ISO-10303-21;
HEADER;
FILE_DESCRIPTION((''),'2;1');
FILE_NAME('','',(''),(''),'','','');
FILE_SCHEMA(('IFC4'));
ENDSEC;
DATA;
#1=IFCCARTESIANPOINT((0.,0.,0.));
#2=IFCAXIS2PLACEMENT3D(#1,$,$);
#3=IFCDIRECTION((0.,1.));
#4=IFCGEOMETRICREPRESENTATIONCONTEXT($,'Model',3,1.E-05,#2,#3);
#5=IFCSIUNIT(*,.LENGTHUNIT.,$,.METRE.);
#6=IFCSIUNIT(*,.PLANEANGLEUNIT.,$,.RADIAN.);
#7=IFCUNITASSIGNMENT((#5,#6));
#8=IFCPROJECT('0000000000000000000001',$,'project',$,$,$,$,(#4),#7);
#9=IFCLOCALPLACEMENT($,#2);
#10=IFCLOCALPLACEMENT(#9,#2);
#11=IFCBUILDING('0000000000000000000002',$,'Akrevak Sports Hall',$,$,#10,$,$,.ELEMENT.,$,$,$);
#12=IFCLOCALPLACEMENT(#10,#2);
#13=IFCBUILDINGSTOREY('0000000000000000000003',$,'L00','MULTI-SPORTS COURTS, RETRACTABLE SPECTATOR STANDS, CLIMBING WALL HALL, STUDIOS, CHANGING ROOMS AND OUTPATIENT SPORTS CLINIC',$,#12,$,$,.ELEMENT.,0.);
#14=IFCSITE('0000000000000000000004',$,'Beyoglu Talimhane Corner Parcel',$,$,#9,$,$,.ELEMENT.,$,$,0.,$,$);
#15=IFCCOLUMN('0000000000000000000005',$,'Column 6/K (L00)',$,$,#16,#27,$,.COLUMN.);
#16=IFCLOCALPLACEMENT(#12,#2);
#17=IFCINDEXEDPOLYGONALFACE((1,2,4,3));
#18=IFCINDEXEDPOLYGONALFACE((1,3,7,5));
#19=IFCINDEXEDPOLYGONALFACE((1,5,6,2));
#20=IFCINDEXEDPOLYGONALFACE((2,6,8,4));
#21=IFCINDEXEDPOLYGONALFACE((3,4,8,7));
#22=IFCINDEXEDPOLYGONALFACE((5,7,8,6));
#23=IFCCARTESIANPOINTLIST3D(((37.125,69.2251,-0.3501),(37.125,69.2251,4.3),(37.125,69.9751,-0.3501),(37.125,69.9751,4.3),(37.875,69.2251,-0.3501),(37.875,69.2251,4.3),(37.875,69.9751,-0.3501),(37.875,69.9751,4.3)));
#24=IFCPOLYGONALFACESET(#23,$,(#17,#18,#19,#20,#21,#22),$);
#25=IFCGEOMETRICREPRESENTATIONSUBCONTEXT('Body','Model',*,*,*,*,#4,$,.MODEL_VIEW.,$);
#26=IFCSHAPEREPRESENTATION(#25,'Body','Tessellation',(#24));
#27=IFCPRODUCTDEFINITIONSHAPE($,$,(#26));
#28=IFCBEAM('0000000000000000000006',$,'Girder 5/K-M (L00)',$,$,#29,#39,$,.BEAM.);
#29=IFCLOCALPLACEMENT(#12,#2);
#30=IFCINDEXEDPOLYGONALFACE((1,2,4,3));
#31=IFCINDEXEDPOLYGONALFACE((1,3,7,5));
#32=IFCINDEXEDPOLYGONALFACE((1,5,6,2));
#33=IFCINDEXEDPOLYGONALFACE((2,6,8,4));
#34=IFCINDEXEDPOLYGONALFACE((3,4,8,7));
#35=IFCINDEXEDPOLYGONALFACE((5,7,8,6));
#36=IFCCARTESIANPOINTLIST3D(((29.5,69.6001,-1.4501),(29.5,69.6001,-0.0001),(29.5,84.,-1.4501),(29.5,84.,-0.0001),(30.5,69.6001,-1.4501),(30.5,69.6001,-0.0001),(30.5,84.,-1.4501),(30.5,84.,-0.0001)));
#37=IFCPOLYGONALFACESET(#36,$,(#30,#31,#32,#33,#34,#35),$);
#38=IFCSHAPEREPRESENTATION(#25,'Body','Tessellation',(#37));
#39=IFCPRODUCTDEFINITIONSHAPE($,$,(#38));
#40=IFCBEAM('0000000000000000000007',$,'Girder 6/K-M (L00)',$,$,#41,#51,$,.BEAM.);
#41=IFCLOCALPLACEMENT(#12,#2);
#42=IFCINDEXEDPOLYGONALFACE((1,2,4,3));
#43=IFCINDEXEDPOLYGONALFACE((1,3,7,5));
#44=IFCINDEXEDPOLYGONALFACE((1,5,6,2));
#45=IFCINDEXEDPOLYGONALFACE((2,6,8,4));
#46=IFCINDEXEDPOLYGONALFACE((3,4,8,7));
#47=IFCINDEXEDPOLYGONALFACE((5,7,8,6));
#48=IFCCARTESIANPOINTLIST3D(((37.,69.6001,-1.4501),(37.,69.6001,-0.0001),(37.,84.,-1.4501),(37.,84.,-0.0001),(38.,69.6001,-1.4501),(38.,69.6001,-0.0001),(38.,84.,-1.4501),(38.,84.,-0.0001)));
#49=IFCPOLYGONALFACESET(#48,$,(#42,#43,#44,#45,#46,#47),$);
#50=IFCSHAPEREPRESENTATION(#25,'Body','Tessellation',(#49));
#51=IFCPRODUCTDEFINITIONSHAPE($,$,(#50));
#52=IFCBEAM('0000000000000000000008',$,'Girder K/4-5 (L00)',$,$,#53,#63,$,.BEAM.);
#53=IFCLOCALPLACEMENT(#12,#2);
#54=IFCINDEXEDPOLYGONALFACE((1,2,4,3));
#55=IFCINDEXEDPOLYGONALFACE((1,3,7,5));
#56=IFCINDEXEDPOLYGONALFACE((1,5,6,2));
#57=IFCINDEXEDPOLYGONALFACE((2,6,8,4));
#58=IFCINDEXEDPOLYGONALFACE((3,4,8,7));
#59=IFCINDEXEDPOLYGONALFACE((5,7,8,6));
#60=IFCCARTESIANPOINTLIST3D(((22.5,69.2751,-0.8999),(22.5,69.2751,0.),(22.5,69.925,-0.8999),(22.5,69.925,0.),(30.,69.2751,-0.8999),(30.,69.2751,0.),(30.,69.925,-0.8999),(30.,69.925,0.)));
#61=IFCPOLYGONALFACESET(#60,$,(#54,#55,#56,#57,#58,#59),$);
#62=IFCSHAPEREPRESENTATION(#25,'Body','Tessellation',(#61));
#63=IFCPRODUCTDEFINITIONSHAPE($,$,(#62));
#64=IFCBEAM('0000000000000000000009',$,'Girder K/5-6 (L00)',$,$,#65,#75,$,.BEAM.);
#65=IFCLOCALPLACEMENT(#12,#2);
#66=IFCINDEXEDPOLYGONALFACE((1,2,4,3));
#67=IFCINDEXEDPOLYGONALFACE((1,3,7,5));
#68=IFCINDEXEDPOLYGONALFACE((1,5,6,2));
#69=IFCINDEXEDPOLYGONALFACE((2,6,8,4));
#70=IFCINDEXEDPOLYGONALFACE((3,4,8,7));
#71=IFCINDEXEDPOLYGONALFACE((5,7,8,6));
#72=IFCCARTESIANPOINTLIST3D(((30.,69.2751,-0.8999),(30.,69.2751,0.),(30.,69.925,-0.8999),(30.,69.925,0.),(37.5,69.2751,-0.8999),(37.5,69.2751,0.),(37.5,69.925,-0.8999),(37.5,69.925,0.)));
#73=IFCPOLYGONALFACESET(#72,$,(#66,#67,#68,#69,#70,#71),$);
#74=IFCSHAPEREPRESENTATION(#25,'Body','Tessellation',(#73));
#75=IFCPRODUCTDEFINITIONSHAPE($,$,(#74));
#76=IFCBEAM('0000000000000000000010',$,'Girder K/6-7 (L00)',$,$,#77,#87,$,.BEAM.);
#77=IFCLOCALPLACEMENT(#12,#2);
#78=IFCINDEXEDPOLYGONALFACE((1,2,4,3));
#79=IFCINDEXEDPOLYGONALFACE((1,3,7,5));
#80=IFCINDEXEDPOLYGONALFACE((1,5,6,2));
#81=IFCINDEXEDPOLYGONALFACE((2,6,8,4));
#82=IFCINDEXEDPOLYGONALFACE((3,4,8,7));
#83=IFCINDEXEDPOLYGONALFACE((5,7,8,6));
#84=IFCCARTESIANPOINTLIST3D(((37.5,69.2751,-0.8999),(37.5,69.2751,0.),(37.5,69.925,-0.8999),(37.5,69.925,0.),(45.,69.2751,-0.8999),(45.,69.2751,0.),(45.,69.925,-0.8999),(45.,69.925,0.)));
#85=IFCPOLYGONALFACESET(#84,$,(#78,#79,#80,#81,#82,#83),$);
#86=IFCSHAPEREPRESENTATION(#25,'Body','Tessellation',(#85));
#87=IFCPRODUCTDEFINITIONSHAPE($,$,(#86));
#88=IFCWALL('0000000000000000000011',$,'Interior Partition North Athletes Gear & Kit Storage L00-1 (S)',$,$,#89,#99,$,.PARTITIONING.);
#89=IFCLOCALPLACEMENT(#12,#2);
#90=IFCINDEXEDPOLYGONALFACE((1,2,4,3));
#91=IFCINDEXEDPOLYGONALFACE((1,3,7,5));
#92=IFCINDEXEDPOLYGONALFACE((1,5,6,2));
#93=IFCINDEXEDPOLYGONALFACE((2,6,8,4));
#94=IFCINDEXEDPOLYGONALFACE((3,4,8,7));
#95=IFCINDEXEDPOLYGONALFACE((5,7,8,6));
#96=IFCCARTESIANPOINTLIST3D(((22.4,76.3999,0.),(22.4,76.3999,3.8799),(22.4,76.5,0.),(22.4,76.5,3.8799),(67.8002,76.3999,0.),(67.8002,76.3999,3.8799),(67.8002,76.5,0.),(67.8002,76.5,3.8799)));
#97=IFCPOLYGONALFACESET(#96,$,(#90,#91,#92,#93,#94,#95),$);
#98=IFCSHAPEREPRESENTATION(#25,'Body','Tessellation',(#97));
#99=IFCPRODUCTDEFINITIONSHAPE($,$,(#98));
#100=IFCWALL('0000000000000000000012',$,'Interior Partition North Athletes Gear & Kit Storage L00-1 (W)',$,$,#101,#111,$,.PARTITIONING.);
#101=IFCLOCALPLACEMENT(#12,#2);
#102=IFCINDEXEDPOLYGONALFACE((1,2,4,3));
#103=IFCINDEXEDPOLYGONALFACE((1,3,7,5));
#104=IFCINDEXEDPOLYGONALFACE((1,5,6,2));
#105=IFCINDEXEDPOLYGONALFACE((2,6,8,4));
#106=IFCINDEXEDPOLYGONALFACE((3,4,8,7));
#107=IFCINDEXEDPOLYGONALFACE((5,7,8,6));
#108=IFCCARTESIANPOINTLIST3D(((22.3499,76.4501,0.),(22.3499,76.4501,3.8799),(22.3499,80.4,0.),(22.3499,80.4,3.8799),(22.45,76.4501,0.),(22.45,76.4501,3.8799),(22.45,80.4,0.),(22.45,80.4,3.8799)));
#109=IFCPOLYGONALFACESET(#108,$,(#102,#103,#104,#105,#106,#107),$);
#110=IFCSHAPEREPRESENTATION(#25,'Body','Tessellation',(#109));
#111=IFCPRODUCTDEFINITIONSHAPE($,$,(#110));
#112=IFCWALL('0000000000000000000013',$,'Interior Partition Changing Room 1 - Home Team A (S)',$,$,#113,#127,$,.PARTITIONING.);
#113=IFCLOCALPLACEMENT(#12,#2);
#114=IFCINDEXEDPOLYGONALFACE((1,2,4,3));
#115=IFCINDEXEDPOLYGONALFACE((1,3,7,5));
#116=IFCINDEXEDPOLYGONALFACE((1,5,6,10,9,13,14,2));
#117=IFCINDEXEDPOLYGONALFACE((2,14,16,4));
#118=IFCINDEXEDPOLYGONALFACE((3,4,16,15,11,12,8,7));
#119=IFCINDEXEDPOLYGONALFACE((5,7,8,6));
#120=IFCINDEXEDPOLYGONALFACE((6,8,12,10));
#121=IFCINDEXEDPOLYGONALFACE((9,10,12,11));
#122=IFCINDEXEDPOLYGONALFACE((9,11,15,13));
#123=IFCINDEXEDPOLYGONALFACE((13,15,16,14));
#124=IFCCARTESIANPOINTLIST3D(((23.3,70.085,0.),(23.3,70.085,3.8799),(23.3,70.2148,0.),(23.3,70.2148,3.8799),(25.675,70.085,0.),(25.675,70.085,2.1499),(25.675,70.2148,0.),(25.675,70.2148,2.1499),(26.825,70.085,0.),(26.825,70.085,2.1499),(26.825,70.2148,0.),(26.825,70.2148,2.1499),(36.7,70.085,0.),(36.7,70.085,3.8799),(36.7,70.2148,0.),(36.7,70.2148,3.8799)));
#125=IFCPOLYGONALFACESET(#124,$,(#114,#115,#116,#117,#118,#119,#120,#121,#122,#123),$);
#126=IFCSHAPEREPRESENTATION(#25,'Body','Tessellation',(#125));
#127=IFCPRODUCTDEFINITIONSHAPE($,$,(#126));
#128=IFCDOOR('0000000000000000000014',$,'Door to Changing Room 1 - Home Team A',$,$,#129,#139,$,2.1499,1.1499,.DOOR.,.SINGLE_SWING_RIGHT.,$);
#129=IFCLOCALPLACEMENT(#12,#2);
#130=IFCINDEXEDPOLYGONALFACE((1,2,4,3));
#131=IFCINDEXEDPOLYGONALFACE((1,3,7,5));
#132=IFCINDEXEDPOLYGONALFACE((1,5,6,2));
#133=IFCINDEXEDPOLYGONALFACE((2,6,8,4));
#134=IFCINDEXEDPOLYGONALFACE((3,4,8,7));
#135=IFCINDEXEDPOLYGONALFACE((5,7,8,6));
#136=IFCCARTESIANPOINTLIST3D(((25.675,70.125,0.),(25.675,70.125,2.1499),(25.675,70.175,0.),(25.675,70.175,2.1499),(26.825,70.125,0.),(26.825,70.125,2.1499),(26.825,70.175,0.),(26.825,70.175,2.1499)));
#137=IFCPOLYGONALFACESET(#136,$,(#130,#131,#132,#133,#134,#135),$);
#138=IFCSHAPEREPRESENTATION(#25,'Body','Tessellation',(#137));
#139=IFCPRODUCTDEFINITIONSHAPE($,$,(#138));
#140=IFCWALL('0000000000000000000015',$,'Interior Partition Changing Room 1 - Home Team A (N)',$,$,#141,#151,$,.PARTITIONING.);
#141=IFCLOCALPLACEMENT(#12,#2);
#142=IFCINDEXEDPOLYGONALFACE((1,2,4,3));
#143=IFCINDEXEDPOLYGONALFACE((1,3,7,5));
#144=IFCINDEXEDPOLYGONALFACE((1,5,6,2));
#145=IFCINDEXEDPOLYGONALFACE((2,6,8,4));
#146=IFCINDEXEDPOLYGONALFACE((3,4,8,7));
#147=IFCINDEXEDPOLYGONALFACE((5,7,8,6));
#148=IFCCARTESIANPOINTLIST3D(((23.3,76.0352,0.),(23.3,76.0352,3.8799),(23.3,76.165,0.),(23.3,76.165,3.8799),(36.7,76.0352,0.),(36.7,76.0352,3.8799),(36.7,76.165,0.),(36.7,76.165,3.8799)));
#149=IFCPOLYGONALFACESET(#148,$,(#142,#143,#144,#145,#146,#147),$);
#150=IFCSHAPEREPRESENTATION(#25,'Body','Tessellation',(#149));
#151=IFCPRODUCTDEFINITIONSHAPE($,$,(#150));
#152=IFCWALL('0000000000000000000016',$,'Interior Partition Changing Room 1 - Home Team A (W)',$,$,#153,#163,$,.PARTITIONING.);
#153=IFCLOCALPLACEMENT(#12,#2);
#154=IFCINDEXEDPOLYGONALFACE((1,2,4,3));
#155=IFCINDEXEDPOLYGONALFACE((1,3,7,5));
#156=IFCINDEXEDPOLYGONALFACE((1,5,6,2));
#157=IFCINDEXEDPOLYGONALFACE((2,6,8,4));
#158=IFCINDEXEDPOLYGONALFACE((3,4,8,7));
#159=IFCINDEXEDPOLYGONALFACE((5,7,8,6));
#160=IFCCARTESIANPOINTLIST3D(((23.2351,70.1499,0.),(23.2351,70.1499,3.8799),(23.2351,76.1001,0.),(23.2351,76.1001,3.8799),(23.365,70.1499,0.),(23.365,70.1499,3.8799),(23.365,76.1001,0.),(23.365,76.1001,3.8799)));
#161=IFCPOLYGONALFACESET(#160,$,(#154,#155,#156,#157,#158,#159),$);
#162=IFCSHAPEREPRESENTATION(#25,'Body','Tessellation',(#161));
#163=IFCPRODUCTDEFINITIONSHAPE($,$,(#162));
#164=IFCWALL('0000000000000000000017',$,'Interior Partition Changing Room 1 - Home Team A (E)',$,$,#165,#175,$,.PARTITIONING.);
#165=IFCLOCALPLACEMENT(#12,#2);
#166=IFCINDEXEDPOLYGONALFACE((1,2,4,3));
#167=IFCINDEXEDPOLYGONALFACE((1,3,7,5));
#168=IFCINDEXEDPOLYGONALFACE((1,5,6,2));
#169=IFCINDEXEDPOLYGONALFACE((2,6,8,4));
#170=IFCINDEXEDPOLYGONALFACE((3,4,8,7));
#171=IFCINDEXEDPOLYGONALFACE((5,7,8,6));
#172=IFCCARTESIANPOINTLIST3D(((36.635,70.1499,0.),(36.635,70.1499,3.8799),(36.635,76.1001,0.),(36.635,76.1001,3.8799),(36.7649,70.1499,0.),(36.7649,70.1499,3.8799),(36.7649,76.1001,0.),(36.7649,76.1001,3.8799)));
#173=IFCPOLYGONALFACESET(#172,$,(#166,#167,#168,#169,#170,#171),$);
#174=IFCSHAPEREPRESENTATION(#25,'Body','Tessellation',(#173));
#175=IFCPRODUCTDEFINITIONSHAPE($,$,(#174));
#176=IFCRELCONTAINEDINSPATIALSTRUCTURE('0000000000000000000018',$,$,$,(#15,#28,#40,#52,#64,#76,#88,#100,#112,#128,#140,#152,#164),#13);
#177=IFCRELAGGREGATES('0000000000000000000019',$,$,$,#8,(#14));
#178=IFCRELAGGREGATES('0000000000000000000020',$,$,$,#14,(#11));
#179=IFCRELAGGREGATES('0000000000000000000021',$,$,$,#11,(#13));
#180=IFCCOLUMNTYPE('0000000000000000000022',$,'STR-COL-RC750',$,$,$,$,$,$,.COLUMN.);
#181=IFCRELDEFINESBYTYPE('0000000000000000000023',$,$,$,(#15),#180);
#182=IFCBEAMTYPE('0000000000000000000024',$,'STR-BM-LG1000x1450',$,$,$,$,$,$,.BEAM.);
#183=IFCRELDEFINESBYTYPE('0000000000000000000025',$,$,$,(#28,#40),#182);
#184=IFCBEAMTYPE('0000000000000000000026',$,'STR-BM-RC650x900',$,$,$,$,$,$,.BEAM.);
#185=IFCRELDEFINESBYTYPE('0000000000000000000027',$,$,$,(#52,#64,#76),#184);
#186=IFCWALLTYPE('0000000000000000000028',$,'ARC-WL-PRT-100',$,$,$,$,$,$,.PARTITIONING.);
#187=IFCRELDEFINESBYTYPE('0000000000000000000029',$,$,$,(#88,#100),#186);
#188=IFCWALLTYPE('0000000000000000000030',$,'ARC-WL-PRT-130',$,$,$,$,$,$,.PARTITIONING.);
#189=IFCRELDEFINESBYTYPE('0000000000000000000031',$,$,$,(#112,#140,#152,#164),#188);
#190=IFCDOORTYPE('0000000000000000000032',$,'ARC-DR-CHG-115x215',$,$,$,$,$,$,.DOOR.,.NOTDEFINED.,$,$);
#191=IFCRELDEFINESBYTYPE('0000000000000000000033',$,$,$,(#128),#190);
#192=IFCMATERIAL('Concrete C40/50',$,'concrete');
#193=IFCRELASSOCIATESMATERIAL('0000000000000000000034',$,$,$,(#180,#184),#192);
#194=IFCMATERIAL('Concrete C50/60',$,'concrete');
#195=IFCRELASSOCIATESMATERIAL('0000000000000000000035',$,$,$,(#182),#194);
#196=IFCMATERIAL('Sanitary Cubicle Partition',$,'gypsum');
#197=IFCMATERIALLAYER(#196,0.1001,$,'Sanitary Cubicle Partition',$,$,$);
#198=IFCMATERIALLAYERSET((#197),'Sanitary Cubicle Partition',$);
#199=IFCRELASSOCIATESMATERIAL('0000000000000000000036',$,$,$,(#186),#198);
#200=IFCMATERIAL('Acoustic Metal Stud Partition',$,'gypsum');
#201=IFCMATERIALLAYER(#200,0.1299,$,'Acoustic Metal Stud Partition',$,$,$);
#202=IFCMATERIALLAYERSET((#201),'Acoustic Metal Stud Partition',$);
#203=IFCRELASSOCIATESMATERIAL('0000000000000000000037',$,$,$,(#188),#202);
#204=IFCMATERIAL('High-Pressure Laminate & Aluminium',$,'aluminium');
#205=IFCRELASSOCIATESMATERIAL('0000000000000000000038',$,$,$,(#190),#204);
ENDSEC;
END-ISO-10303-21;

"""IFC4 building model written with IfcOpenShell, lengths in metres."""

from ifc_helpers import new_model, si_unit, direction, frame, frame_2d, origin, origin_2d, place, context, subcontext, project, spatial, rectangle, extrude, material, layer, layer_set, material_profile, profile_set, type_object, element, fill, save


model = new_model("IFC4")

# Units and contexts
model_context = context("Model", 3, precision=1e-05, world=origin(), true_north=direction((0.0, 1.0)))
body_context = subcontext(model_context, "Body", "Model", "MODEL_VIEW")
ifc_project = project(units=[si_unit("LENGTHUNIT", "METRE"), si_unit("PLANEANGLEUNIT", "RADIAN")], contexts=[model_context])

# Site, building, storey
site_placement = place(None, origin())
site = spatial("IfcSite", under=ifc_project, at=site_placement, Name="Beyoglu Talimhane Corner Parcel", CompositionType="ELEMENT", RefElevation=0.0)
building_placement = place(site_placement, origin())
building = spatial("IfcBuilding", under=site, at=building_placement, Name="Akrevak Sports Hall", CompositionType="ELEMENT")
storey_placement = place(building_placement, origin())
storey = spatial("IfcBuildingStorey", under=building, at=storey_placement, Name="L00", Description="MULTI-SPORTS COURTS, RETRACTABLE SPECTATOR STANDS, CLIMBING WALL HALL, STUDIOS, CHANGING ROOMS AND OUTPATIENT SPORTS CLINIC", CompositionType="ELEMENT", Elevation=0.0)

# Column
ifc_material_1 = material(Name="Concrete C40/50", Category="concrete")
ifc_material_profile_1 = material_profile(ifc_material_1, rectangle(XDim=0.75, YDim=0.75, at=origin_2d()), Name="RC 750x750", Category="concrete")
ifc_profile_set_1 = profile_set([ifc_material_profile_1], Name="Concrete C40/50")
column_type = type_object("IfcColumnType", Name="STR-COL-RC750", PredefinedType="COLUMN", material=ifc_profile_set_1)
column_placement = place(storey_placement, frame((37.5, 69.6001, -0.3501), z_axis=(0.0, 0.0, 1.0), x_axis=(1.0, 0.0, 0.0)))
element("IfcColumn", 1, at=column_placement, inside=storey, type_object=column_type, Name="Column 6/K (L00)", PredefinedType="COLUMN", context=body_context, shape_type="SweptSolid", body=[
    extrude(rectangle(XDim=0.75, YDim=0.75, at=origin_2d()), origin(), (0.0, 0.0, 1.0), 4.6501),
])

# Beams
ifc_material_2 = material(Name="Concrete C50/60", Category="concrete")
ifc_material_profile_2 = material_profile(ifc_material_2, rectangle(XDim=1.0, YDim=1.45, at=origin_2d()), Name="BM 1000x1450", Category="concrete")
ifc_profile_set_2 = profile_set([ifc_material_profile_2], Name="Concrete C50/60")
beam_type_1 = type_object("IfcBeamType", Name="STR-BM-LG1000x1450", PredefinedType="BEAM", material=ifc_profile_set_2)
for number, where, z_axis, x_axis, name in (
    (2, (30.0, 69.6001, -0.7251), (0.0, 1.0, 0.0), (-1.0, 0.0, 0.0), "Girder 5/K-M (L00)"),
    (3, (37.5, 69.6001, -0.7251), (0.0, 1.0, 0.0), (-1.0, 0.0, 0.0), "Girder 6/K-M (L00)"),
):
    element("IfcBeam", number, at=place(storey_placement, frame(where, z_axis=z_axis, x_axis=x_axis)), inside=storey, type_object=beam_type_1, Name=name, PredefinedType="BEAM", context=body_context, shape_type="SweptSolid", body=[
        extrude(rectangle(XDim=1.0, YDim=1.45, at=origin_2d()), origin(), (0.0, 0.0, 1.0), 14.3999),
    ])
ifc_material_profile_3 = material_profile(ifc_material_1, rectangle(XDim=0.6499, YDim=0.8999, at=origin_2d()), Name="BM 650x900", Category="concrete")
ifc_profile_set_3 = profile_set([ifc_material_profile_3], Name="Concrete C40/50")
beam_type_2 = type_object("IfcBeamType", Name="STR-BM-RC650x900", PredefinedType="BEAM", material=ifc_profile_set_3)
for number, where, z_axis, x_axis, name in (
    (4, (22.5, 69.6001, -0.45), (1.0, 0.0, 0.0), (0.0, 1.0, 0.0), "Girder K/4-5 (L00)"),
    (5, (30.0, 69.6001, -0.45), (1.0, 0.0, 0.0), (0.0, 1.0, 0.0), "Girder K/5-6 (L00)"),
    (6, (37.5, 69.6001, -0.45), (1.0, 0.0, 0.0), (0.0, 1.0, 0.0), "Girder K/6-7 (L00)"),
):
    element("IfcBeam", number, at=place(storey_placement, frame(where, z_axis=z_axis, x_axis=x_axis)), inside=storey, type_object=beam_type_2, Name=name, PredefinedType="BEAM", context=body_context, shape_type="SweptSolid", body=[
        extrude(rectangle(XDim=0.6499, YDim=0.8999, at=origin_2d()), origin(), (0.0, 0.0, 1.0), 7.5),
    ])

# Walls
ifc_material_3 = material(Name="Sanitary Cubicle Partition", Category="gypsum")
ifc_layer_1 = layer(ifc_material_3, 0.1001, Name="Sanitary Cubicle Partition")
ifc_layer_set_1 = layer_set([ifc_layer_1], Name="Sanitary Cubicle Partition")
wall_type_1 = type_object("IfcWallType", Name="ARC-WL-PRT-100", PredefinedType="PARTITIONING", material=ifc_layer_set_1)
wall_1_placement = place(storey_placement, frame((22.3999, 76.45, 0.0), z_axis=(0.0, 0.0, 1.0), x_axis=(1.0, 0.0, 0.0)))
element("IfcWall", 7, at=wall_1_placement, inside=storey, type_object=wall_type_1, Name="Interior Partition North Athletes Gear & Kit Storage L00-1 (S)", PredefinedType="PARTITIONING", context=body_context, shape_type="SweptSolid", body=[
    extrude(rectangle(XDim=45.4001, YDim=0.1001, at=frame_2d((22.7002, 0.0))), origin(), (0.0, 0.0, 1.0), 3.8799),
])
wall_2_placement = place(storey_placement, frame((22.3999, 76.45, 0.0), z_axis=(0.0, 0.0, 1.0), x_axis=(0.0, 1.0, 0.0)))
element("IfcWall", 8, at=wall_2_placement, inside=storey, type_object=wall_type_1, Name="Interior Partition North Athletes Gear & Kit Storage L00-1 (W)", PredefinedType="PARTITIONING", context=body_context, shape_type="SweptSolid", body=[
    extrude(rectangle(XDim=3.95, YDim=0.1001, at=frame_2d((1.9751, 0.0))), origin(), (0.0, 0.0, 1.0), 3.8799),
])

# Wall, opening, door
ifc_material_4 = material(Name="Acoustic Metal Stud Partition", Category="gypsum")
ifc_layer_2 = layer(ifc_material_4, 0.1299, Name="Acoustic Metal Stud Partition")
ifc_layer_set_2 = layer_set([ifc_layer_2], Name="Acoustic Metal Stud Partition")
wall_type_2 = type_object("IfcWallType", Name="ARC-WL-PRT-130", PredefinedType="PARTITIONING", material=ifc_layer_set_2)
wall_3_placement = place(storey_placement, frame((23.3, 70.1499, 0.0), z_axis=(0.0, 0.0, 1.0), x_axis=(1.0, 0.0, 0.0)))
wall_3 = element("IfcWall", 9, at=wall_3_placement, inside=storey, type_object=wall_type_2, Name="Interior Partition Changing Room 1 - Home Team A (S)", PredefinedType="PARTITIONING", context=body_context, shape_type="SweptSolid", body=[
    extrude(rectangle(XDim=13.3999, YDim=0.1299, at=frame_2d((6.7, 0.0))), origin(), (0.0, 0.0, 1.0), 3.8799),
])
opening_1_placement = place(wall_3_placement, frame((2.375, 0.0, 0.0)))
opening_1 = element("IfcOpeningElement", 10, at=opening_1_placement, cuts=wall_3, PredefinedType="OPENING", context=body_context, shape_type="SweptSolid", body=[
    extrude(rectangle(XDim=1.1499, YDim=2.1499, at=frame_2d((0.575, 1.075))), frame((0.0, 0.0769, 0.0), z_axis=(0.0, -1.0, 0.0), x_axis=(1.0, 0.0, 0.0)), (0.0, 0.0, 1.0), 0.1538),
])
ifc_material_5 = material(Name="High-Pressure Laminate & Aluminium", Category="aluminium")
door_type = type_object("IfcDoorType", Name="ARC-DR-CHG-115x215", OperationType="NOTDEFINED", PredefinedType="DOOR", material=ifc_material_5)
door_1_placement = place(opening_1_placement, frame((1.1499, 0.0, 0.0), z_axis=(0.0, 0.0, 1.0), x_axis=(-1.0, 0.0, 0.0)))
door_1 = element("IfcDoor", 11, at=door_1_placement, inside=storey, type_object=door_type, Name="Door to Changing Room 1 - Home Team A", OperationType="SINGLE_SWING_RIGHT", OverallHeight=2.1499, OverallWidth=1.1499, PredefinedType="DOOR", context=body_context, shape_type="SweptSolid", body=[
    extrude(rectangle(XDim=1.1499, YDim=2.1499, at=frame_2d((0.575, 1.075))), frame((0.0, 0.0249, 0.0), z_axis=(0.0, -1.0, 0.0), x_axis=(1.0, 0.0, 0.0)), (0.0, 0.0, 1.0), 0.05),
])
fill(opening_1, door_1)

# Walls
wall_4_placement = place(storey_placement, frame((23.3, 76.1001, 0.0), z_axis=(0.0, 0.0, 1.0), x_axis=(1.0, 0.0, 0.0)))
element("IfcWall", 12, at=wall_4_placement, inside=storey, type_object=wall_type_2, Name="Interior Partition Changing Room 1 - Home Team A (N)", PredefinedType="PARTITIONING", context=body_context, shape_type="SweptSolid", body=[
    extrude(rectangle(XDim=13.3999, YDim=0.1299, at=frame_2d((6.7, 0.0))), origin(), (0.0, 0.0, 1.0), 3.8799),
])
for number, where, z_axis, x_axis, name in (
    (13, (23.3, 70.1499, 0.0), (0.0, 0.0, 1.0), (0.0, 1.0, 0.0), "Interior Partition Changing Room 1 - Home Team A (W)"),
    (14, (36.7, 70.1499, 0.0), (0.0, 0.0, 1.0), (0.0, 1.0, 0.0), "Interior Partition Changing Room 1 - Home Team A (E)"),
):
    element("IfcWall", number, at=place(storey_placement, frame(where, z_axis=z_axis, x_axis=x_axis)), inside=storey, type_object=wall_type_2, Name=name, PredefinedType="PARTITIONING", context=body_context, shape_type="SweptSolid", body=[
        extrude(rectangle(XDim=5.9502, YDim=0.1299, at=frame_2d((2.9751, 0.0))), origin(), (0.0, 0.0, 1.0), 3.8799),
    ])

save(model, "model.ifc")
